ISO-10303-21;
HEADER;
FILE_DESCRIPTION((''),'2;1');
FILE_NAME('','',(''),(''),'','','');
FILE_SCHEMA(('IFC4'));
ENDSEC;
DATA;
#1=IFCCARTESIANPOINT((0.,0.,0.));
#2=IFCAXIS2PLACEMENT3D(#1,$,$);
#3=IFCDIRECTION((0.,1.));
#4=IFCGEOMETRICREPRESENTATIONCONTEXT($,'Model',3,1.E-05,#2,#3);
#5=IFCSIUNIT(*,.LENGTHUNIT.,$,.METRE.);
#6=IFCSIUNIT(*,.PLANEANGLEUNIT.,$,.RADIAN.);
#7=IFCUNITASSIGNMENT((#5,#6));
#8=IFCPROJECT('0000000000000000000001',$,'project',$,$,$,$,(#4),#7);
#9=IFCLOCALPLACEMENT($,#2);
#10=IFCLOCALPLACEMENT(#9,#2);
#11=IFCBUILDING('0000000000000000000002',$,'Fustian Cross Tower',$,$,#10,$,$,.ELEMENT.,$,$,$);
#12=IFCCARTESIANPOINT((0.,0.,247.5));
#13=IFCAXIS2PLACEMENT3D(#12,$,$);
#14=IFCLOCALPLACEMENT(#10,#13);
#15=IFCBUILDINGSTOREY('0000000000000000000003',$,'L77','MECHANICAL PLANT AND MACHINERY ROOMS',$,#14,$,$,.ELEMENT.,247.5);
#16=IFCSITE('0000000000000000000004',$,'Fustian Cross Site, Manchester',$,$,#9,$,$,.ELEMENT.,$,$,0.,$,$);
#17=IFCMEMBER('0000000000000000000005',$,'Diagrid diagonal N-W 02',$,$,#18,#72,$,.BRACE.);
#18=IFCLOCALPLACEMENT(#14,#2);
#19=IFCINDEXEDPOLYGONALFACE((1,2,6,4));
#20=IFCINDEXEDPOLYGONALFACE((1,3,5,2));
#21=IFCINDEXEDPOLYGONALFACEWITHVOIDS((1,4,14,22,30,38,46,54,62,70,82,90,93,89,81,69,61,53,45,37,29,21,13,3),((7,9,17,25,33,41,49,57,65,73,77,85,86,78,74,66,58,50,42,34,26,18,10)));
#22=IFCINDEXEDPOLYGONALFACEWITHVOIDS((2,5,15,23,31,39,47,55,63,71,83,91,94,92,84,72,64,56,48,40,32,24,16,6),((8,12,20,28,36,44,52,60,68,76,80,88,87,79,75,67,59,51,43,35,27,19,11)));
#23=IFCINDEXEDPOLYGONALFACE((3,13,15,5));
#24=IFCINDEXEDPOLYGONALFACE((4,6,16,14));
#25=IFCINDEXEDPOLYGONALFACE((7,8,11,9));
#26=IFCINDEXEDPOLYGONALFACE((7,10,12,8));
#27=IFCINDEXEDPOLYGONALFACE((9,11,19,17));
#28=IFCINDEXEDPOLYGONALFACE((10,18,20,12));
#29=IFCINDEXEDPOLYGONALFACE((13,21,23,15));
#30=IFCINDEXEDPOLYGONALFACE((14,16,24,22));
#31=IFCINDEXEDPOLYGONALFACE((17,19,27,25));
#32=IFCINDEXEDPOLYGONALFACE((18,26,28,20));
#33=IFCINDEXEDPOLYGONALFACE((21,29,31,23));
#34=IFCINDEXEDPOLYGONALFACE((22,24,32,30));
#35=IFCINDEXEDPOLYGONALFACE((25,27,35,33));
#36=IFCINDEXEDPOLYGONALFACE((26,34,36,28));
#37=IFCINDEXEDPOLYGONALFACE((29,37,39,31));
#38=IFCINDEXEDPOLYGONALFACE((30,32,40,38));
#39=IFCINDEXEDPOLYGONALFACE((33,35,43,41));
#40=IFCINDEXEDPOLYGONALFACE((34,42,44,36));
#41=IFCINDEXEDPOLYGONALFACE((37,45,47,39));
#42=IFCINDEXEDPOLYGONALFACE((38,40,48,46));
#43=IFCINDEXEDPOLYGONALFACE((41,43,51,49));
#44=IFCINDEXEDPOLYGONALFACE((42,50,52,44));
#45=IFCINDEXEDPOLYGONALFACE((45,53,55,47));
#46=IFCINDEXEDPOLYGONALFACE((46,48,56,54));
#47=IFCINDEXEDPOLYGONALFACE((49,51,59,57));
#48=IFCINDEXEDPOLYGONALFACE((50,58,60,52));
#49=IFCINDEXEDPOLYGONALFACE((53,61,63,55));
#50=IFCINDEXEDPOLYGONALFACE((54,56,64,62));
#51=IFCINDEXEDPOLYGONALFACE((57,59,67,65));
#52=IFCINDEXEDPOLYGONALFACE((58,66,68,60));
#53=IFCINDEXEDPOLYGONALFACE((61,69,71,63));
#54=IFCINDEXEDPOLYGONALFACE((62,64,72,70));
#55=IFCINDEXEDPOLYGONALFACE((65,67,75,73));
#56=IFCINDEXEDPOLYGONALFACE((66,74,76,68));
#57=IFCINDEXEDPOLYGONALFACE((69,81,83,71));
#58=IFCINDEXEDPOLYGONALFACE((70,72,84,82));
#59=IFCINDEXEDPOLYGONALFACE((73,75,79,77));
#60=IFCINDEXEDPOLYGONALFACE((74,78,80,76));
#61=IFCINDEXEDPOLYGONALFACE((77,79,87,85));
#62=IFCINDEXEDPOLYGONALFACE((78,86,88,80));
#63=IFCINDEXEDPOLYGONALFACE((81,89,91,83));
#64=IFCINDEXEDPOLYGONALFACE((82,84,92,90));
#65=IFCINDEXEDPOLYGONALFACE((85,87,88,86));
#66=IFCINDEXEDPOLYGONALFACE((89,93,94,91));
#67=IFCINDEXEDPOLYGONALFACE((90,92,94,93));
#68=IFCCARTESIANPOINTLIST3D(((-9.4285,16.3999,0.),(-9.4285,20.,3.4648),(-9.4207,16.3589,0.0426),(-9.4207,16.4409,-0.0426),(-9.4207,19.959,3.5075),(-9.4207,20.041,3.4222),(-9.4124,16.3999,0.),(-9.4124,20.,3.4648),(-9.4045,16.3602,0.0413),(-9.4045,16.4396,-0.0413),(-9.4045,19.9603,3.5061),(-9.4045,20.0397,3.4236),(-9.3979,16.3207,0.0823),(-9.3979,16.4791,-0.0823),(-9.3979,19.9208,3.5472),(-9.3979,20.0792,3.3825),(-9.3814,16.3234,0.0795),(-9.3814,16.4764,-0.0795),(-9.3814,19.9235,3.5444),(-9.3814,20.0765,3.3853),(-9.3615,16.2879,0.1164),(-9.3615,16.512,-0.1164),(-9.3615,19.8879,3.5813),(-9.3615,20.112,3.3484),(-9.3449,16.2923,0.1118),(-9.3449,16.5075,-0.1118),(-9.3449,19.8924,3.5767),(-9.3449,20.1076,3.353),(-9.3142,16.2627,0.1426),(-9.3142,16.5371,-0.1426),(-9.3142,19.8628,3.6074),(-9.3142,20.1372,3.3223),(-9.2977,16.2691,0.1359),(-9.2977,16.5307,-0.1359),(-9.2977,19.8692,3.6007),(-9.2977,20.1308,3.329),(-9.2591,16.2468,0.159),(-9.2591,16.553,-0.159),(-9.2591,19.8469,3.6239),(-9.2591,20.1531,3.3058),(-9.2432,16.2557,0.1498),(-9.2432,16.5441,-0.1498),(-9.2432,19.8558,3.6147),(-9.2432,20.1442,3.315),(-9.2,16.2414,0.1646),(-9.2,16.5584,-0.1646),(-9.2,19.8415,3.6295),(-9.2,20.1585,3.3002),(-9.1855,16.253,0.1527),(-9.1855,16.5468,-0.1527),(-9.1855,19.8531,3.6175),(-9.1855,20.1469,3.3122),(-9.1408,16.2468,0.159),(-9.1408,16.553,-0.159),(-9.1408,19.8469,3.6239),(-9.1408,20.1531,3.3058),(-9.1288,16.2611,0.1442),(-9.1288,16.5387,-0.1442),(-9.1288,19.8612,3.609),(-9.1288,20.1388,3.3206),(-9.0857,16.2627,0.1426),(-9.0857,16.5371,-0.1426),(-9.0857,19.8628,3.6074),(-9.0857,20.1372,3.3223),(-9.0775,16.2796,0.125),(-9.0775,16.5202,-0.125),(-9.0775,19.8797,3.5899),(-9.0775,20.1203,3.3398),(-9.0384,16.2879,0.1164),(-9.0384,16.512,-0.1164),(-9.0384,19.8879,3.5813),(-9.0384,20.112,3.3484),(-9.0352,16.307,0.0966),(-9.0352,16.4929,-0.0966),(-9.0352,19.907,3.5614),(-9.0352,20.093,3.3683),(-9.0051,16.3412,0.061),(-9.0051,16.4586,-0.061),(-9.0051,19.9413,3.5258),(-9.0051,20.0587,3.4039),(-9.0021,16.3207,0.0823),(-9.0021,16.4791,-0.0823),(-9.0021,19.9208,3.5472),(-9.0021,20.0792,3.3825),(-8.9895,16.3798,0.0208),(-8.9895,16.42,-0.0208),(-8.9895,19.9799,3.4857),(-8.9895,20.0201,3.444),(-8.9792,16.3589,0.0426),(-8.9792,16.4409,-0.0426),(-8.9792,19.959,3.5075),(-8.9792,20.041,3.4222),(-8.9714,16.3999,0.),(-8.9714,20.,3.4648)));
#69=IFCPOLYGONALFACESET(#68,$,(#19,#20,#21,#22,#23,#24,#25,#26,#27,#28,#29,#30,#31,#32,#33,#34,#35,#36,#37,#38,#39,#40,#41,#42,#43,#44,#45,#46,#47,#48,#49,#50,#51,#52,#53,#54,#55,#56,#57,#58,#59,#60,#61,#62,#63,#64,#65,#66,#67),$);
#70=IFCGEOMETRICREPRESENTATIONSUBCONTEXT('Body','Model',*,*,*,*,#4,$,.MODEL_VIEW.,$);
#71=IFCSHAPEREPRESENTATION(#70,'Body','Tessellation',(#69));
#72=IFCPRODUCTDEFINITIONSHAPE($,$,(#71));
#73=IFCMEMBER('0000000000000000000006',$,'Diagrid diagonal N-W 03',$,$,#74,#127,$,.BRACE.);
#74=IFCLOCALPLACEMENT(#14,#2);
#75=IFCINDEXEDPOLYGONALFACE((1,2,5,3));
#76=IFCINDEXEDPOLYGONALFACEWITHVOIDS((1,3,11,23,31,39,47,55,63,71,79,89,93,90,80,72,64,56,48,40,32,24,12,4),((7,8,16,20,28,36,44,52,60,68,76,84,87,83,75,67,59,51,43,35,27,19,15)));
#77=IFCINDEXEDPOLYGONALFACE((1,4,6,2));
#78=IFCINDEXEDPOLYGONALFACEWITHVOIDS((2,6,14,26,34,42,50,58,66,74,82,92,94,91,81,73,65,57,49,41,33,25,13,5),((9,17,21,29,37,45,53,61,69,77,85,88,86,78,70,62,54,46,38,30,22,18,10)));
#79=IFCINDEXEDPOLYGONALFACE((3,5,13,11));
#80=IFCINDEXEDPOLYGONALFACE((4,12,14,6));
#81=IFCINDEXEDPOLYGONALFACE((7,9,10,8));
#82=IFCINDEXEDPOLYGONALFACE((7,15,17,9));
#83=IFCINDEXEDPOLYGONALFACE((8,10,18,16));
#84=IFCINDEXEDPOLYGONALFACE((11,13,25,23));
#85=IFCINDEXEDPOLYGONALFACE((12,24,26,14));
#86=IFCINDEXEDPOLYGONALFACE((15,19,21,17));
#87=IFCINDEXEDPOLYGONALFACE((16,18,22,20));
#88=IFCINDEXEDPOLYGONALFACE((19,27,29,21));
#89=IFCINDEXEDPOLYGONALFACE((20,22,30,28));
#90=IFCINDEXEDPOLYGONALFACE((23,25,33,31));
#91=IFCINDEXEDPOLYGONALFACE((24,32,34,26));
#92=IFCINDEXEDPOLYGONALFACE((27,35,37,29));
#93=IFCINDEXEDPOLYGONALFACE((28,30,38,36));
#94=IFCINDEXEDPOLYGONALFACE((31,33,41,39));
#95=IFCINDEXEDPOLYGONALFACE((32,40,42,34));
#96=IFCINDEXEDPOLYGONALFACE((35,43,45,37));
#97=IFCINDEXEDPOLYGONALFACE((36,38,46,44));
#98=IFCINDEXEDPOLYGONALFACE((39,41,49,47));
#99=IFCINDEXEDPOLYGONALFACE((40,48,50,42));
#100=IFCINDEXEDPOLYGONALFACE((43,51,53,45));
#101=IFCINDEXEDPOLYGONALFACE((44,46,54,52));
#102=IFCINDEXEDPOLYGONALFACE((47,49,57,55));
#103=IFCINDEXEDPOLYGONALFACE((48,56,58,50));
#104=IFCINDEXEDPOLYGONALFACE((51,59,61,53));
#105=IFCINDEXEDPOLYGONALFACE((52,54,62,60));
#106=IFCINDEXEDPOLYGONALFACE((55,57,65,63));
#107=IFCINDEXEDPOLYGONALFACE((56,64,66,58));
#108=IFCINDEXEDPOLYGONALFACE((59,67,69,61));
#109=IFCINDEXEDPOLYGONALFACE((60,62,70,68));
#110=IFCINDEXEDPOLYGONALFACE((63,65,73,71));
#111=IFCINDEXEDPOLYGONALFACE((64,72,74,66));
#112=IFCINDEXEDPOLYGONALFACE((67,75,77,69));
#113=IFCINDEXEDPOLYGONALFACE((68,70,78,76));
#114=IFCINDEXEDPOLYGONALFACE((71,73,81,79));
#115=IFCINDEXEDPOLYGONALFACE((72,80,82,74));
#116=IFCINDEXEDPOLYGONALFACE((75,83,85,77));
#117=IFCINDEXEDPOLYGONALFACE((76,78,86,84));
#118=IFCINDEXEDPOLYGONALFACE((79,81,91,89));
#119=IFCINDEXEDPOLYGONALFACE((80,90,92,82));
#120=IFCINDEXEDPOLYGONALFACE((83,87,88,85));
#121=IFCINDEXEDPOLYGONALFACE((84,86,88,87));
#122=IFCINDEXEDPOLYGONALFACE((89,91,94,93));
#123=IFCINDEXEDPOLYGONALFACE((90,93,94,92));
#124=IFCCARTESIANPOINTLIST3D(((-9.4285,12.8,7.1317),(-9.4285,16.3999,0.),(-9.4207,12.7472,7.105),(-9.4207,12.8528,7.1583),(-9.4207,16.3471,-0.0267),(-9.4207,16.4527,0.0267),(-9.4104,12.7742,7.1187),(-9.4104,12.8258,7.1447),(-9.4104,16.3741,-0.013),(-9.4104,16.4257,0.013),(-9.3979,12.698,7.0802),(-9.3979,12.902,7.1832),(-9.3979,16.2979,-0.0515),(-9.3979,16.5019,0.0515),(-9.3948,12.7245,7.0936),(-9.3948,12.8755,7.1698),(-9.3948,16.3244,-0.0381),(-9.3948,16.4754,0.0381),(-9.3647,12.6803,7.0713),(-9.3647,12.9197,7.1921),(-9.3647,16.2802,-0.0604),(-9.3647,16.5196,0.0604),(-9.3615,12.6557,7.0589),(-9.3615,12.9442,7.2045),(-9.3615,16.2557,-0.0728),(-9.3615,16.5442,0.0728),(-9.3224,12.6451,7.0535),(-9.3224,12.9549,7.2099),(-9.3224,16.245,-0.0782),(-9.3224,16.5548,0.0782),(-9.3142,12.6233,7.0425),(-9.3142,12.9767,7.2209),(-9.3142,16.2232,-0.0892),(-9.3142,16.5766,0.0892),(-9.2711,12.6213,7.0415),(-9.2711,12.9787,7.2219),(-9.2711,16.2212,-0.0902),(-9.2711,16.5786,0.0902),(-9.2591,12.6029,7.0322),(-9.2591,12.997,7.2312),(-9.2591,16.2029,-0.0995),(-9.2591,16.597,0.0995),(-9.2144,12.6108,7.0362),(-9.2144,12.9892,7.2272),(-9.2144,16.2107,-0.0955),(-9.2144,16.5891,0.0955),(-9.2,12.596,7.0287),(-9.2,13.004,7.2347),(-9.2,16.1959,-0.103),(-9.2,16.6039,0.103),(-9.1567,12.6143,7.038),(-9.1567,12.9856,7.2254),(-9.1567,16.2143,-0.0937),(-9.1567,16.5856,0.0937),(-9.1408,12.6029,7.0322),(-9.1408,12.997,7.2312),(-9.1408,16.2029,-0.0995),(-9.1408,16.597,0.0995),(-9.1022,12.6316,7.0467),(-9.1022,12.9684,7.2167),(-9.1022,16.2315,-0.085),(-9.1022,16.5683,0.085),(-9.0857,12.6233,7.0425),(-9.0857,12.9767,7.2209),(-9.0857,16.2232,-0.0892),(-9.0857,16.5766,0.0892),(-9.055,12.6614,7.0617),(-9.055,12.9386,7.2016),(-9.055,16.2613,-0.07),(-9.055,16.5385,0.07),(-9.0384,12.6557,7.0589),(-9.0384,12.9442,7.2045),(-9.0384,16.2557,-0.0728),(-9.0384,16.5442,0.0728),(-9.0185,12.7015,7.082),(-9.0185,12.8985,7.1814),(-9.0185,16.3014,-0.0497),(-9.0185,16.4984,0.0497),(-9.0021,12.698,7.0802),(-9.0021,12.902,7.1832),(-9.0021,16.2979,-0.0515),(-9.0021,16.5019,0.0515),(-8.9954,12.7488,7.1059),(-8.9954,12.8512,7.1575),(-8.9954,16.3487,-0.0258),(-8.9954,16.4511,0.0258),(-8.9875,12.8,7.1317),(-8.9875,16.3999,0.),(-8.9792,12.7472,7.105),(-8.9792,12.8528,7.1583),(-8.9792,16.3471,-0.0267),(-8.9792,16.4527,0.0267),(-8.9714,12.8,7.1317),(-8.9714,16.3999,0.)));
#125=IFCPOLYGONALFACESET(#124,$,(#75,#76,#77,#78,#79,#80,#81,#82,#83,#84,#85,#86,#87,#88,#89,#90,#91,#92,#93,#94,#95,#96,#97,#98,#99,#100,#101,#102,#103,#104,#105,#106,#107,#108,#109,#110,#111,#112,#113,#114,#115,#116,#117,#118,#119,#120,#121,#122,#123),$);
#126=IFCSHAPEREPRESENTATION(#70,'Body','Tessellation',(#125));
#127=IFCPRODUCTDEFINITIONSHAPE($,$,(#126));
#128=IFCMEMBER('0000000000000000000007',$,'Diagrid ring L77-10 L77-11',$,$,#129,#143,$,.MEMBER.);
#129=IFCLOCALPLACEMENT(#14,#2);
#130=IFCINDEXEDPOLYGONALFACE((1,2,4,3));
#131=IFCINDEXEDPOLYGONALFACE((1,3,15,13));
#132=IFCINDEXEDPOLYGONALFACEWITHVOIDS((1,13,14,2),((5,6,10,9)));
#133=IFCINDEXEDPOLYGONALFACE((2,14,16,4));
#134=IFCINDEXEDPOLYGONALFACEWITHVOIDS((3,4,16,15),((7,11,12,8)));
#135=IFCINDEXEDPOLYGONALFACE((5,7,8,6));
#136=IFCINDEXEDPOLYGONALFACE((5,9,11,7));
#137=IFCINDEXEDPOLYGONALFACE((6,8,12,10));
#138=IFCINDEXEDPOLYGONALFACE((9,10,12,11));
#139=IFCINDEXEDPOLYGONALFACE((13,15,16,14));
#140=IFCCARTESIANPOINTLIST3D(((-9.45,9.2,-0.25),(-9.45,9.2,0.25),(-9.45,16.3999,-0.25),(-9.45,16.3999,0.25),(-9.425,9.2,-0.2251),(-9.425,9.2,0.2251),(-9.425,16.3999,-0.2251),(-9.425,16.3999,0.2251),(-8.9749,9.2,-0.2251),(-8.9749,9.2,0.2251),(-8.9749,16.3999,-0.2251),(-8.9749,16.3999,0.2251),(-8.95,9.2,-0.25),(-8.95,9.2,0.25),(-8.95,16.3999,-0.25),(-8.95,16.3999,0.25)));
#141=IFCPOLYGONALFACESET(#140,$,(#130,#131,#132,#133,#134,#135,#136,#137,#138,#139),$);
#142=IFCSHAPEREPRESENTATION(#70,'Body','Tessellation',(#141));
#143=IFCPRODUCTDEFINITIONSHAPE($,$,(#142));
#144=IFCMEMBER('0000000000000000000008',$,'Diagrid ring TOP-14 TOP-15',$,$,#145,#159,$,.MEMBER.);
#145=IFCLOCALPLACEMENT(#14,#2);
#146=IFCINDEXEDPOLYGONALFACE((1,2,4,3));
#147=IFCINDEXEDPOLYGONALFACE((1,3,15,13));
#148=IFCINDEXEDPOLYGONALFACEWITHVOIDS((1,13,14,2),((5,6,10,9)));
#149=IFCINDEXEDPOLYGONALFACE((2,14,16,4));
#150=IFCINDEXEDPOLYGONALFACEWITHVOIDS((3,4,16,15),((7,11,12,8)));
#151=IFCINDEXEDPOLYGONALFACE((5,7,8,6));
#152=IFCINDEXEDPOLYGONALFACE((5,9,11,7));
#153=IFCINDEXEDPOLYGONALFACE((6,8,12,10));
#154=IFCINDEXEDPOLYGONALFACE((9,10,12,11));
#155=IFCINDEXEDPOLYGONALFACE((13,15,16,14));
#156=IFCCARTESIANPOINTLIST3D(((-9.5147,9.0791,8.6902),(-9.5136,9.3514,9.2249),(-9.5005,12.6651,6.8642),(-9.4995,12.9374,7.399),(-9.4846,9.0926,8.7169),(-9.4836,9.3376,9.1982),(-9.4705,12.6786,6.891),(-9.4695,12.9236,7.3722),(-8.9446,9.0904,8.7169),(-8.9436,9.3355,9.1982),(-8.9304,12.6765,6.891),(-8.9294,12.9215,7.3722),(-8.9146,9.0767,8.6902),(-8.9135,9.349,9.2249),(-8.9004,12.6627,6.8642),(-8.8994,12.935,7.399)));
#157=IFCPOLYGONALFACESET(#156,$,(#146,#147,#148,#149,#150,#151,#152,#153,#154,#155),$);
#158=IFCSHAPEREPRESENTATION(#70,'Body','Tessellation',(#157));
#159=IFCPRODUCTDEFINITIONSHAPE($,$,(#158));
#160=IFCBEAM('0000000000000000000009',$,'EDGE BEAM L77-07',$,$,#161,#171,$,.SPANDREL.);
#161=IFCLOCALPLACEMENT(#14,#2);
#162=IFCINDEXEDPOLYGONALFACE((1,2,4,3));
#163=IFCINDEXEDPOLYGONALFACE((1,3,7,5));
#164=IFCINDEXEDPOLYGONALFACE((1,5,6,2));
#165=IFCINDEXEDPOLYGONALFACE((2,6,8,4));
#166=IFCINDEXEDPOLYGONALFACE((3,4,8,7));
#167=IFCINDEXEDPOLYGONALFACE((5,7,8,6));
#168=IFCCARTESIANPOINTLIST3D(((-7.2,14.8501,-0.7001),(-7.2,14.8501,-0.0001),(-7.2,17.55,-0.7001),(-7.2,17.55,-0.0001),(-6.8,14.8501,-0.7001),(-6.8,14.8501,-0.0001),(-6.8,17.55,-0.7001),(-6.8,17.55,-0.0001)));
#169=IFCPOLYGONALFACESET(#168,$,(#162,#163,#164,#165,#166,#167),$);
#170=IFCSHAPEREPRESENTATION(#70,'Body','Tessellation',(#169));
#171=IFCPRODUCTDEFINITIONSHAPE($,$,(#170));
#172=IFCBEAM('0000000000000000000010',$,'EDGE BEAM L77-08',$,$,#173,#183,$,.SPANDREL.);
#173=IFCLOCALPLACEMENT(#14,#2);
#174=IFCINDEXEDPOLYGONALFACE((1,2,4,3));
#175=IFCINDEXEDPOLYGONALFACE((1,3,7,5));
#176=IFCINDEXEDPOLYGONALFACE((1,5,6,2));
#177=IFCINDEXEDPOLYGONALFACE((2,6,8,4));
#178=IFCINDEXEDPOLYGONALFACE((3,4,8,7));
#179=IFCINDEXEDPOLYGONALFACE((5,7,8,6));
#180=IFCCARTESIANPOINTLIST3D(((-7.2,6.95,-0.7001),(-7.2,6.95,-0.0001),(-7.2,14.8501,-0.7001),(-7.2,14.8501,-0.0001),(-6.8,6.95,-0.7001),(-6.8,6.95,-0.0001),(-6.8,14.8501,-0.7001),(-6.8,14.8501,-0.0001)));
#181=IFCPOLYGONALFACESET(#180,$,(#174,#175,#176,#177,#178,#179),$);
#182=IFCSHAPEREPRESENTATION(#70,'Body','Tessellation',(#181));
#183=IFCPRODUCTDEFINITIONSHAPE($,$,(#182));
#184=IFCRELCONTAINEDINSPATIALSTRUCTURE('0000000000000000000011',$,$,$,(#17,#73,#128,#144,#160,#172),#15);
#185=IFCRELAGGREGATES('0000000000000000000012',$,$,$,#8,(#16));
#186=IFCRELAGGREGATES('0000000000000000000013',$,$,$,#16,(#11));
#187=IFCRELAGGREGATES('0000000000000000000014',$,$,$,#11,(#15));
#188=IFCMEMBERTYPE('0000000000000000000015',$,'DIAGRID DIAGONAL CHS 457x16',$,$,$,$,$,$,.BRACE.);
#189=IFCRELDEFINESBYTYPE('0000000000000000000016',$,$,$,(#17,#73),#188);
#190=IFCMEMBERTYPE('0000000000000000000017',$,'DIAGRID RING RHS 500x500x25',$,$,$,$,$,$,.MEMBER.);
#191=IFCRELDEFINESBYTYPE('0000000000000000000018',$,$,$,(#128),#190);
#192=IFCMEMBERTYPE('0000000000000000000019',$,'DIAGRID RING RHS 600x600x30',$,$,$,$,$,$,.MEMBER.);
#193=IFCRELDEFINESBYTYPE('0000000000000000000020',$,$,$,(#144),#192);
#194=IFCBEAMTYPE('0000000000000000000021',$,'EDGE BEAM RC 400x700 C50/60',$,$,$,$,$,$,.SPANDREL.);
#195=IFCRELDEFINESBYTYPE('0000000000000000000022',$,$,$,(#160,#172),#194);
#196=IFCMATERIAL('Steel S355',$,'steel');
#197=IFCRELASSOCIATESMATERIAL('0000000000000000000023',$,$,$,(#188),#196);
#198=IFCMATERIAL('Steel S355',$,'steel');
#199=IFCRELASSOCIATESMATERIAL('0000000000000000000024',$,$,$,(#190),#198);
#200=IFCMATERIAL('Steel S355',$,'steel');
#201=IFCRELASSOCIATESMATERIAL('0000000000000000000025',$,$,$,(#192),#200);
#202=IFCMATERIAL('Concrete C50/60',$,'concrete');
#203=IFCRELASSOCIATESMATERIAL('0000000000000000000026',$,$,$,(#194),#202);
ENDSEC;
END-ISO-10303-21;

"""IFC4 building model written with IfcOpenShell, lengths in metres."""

from ifc_helpers import new_model, si_unit, direction, frame, origin, origin_2d, place, context, subcontext, project, spatial, rectangle, hollow_rectangle, hollow_circle, extrude, material, material_profile, profile_set, type_object, element, save


model = new_model("IFC4")

# Units and contexts
model_context = context("Model", 3, precision=1e-05, world=origin(), true_north=direction((0.0, 1.0)))
body_context = subcontext(model_context, "Body", "Model", "MODEL_VIEW")
ifc_project = project(units=[si_unit("LENGTHUNIT", "METRE"), si_unit("PLANEANGLEUNIT", "RADIAN")], contexts=[model_context])

# Site, building, storey
site_placement = place(None, origin())
site = spatial("IfcSite", under=ifc_project, at=site_placement, Name="Fustian Cross Site, Manchester", CompositionType="ELEMENT", RefElevation=0.0)
building_placement = place(site_placement, origin())
building = spatial("IfcBuilding", under=site, at=building_placement, Name="Fustian Cross Tower", CompositionType="ELEMENT")
storey_placement = place(building_placement, frame((0.0, 0.0, 247.5)))
storey = spatial("IfcBuildingStorey", under=building, at=storey_placement, Name="L77", Description="MECHANICAL PLANT AND MACHINERY ROOMS", CompositionType="ELEMENT", Elevation=247.5)

# Members
ifc_material_1 = material(Name="Steel S355", Category="steel")
ifc_material_profile_1 = material_profile(ifc_material_1, hollow_circle(Radius=0.2285, WallThickness=0.0161, at=origin_2d()), Name="CHS 457x16")
ifc_profile_set_1 = profile_set([ifc_material_profile_1], Name="Steel S355")
member_type_1 = type_object("IfcMemberType", Name="DIAGRID DIAGONAL CHS 457x16", PredefinedType="BRACE", material=ifc_profile_set_1)
member_1_placement = place(storey_placement, frame((-9.2, 16.3999, 0.0), z_axis=(0.0, 0.720512, 0.693443), x_axis=(-1.0, 0.0, 0.0)))
element("IfcMember", 1, at=member_1_placement, inside=storey, type_object=member_type_1, Name="Diagrid diagonal N-W 02", PredefinedType="BRACE", context=body_context, shape_type="SweptSolid", body=[
    extrude(hollow_circle(Radius=0.2285, WallThickness=0.0161, at=origin_2d()), origin(), (0.0, 0.0, 1.0), 4.9966),
])
member_2_placement = place(storey_placement, frame((-9.2, 16.3999, 0.0), z_axis=(0.0, -0.450621, 0.892715), x_axis=(1.0, 0.0, 0.0)))
element("IfcMember", 2, at=member_2_placement, inside=storey, type_object=member_type_1, Name="Diagrid diagonal N-W 03", PredefinedType="BRACE", context=body_context, shape_type="SweptSolid", body=[
    extrude(hollow_circle(Radius=0.2285, WallThickness=0.0161, at=origin_2d()), origin(), (0.0, 0.0, 1.0), 7.9888),
])
ifc_material_2 = material(Name="Steel S355", Category="steel")
ifc_material_profile_2 = material_profile(ifc_material_2, hollow_rectangle(XDim=0.5, YDim=0.5, WallThickness=0.0249, at=origin_2d()), Name="RHS 500x500x25")
ifc_profile_set_2 = profile_set([ifc_material_profile_2], Name="Steel S355")
member_type_2 = type_object("IfcMemberType", Name="DIAGRID RING RHS 500x500x25", PredefinedType="MEMBER", material=ifc_profile_set_2)
member_3_placement = place(storey_placement, frame((-9.2, 16.3999, 0.0), z_axis=(0.0, -1.0, 0.0), x_axis=(1.0, 0.0, 0.0)))
element("IfcMember", 3, at=member_3_placement, inside=storey, type_object=member_type_2, Name="Diagrid ring L77-10 L77-11", PredefinedType="MEMBER", context=body_context, shape_type="SweptSolid", body=[
    extrude(hollow_rectangle(XDim=0.5, YDim=0.5, WallThickness=0.0249, at=origin_2d()), origin(), (0.0, 0.0, 1.0), 7.2),
])
ifc_material_3 = material(Name="Steel S355", Category="steel")
ifc_material_profile_3 = material_profile(ifc_material_3, hollow_rectangle(XDim=0.6001, YDim=0.6001, WallThickness=0.03, at=origin_2d()), Name="RHS 600x600x30")
ifc_profile_set_3 = profile_set([ifc_material_profile_3], Name="Steel S355")
member_type_3 = type_object("IfcMemberType", Name="DIAGRID RING RHS 600x600x30", PredefinedType="MEMBER", material=ifc_profile_set_3)
member_4_placement = place(storey_placement, frame((-9.2, 12.8, 7.1316), z_axis=(-0.003519, -0.891121, 0.453751), x_axis=(0.999992, -0.003949, 0.0)))
element("IfcMember", 4, at=member_4_placement, inside=storey, type_object=member_type_3, Name="Diagrid ring TOP-14 TOP-15", PredefinedType="MEMBER", context=body_context, shape_type="SweptSolid", body=[
    extrude(hollow_rectangle(XDim=0.6001, YDim=0.6001, WallThickness=0.03, at=origin_2d()), origin(), (0.0, 0.0, 1.0), 4.0242),
])

# Beams
ifc_material_4 = material(Name="Concrete C50/60", Category="concrete")
ifc_material_profile_4 = material_profile(ifc_material_4, rectangle(XDim=0.3999, YDim=0.7, at=origin_2d()), Name="RC 400x700")
ifc_profile_set_4 = profile_set([ifc_material_profile_4], Name="Concrete C50/60")
beam_type_1 = type_object("IfcBeamType", Name="EDGE BEAM RC 400x700 C50/60", PredefinedType="SPANDREL", material=ifc_profile_set_4)
beam_1_placement = place(storey_placement, frame((-7.0, 17.55, -0.3501), z_axis=(0.0, -1.0, 0.0), x_axis=(1.0, 0.0, 0.0)))
element("IfcBeam", 5, at=beam_1_placement, inside=storey, type_object=beam_type_1, Name="EDGE BEAM L77-07", PredefinedType="SPANDREL", context=body_context, shape_type="SweptSolid", body=[
    extrude(rectangle(XDim=0.3999, YDim=0.7, at=origin_2d()), origin(), (0.0, 0.0, 1.0), 2.7),
])
beam_2_placement = place(storey_placement, frame((-7.0, 14.8501, -0.3501), z_axis=(0.0, -1.0, 0.0), x_axis=(1.0, 0.0, 0.0)))
element("IfcBeam", 6, at=beam_2_placement, inside=storey, type_object=beam_type_1, Name="EDGE BEAM L77-08", PredefinedType="SPANDREL", context=body_context, shape_type="SweptSolid", body=[
    extrude(rectangle(XDim=0.3999, YDim=0.7, at=origin_2d()), origin(), (0.0, 0.0, 1.0), 7.9001),
])

save(model, "model.ifc")
